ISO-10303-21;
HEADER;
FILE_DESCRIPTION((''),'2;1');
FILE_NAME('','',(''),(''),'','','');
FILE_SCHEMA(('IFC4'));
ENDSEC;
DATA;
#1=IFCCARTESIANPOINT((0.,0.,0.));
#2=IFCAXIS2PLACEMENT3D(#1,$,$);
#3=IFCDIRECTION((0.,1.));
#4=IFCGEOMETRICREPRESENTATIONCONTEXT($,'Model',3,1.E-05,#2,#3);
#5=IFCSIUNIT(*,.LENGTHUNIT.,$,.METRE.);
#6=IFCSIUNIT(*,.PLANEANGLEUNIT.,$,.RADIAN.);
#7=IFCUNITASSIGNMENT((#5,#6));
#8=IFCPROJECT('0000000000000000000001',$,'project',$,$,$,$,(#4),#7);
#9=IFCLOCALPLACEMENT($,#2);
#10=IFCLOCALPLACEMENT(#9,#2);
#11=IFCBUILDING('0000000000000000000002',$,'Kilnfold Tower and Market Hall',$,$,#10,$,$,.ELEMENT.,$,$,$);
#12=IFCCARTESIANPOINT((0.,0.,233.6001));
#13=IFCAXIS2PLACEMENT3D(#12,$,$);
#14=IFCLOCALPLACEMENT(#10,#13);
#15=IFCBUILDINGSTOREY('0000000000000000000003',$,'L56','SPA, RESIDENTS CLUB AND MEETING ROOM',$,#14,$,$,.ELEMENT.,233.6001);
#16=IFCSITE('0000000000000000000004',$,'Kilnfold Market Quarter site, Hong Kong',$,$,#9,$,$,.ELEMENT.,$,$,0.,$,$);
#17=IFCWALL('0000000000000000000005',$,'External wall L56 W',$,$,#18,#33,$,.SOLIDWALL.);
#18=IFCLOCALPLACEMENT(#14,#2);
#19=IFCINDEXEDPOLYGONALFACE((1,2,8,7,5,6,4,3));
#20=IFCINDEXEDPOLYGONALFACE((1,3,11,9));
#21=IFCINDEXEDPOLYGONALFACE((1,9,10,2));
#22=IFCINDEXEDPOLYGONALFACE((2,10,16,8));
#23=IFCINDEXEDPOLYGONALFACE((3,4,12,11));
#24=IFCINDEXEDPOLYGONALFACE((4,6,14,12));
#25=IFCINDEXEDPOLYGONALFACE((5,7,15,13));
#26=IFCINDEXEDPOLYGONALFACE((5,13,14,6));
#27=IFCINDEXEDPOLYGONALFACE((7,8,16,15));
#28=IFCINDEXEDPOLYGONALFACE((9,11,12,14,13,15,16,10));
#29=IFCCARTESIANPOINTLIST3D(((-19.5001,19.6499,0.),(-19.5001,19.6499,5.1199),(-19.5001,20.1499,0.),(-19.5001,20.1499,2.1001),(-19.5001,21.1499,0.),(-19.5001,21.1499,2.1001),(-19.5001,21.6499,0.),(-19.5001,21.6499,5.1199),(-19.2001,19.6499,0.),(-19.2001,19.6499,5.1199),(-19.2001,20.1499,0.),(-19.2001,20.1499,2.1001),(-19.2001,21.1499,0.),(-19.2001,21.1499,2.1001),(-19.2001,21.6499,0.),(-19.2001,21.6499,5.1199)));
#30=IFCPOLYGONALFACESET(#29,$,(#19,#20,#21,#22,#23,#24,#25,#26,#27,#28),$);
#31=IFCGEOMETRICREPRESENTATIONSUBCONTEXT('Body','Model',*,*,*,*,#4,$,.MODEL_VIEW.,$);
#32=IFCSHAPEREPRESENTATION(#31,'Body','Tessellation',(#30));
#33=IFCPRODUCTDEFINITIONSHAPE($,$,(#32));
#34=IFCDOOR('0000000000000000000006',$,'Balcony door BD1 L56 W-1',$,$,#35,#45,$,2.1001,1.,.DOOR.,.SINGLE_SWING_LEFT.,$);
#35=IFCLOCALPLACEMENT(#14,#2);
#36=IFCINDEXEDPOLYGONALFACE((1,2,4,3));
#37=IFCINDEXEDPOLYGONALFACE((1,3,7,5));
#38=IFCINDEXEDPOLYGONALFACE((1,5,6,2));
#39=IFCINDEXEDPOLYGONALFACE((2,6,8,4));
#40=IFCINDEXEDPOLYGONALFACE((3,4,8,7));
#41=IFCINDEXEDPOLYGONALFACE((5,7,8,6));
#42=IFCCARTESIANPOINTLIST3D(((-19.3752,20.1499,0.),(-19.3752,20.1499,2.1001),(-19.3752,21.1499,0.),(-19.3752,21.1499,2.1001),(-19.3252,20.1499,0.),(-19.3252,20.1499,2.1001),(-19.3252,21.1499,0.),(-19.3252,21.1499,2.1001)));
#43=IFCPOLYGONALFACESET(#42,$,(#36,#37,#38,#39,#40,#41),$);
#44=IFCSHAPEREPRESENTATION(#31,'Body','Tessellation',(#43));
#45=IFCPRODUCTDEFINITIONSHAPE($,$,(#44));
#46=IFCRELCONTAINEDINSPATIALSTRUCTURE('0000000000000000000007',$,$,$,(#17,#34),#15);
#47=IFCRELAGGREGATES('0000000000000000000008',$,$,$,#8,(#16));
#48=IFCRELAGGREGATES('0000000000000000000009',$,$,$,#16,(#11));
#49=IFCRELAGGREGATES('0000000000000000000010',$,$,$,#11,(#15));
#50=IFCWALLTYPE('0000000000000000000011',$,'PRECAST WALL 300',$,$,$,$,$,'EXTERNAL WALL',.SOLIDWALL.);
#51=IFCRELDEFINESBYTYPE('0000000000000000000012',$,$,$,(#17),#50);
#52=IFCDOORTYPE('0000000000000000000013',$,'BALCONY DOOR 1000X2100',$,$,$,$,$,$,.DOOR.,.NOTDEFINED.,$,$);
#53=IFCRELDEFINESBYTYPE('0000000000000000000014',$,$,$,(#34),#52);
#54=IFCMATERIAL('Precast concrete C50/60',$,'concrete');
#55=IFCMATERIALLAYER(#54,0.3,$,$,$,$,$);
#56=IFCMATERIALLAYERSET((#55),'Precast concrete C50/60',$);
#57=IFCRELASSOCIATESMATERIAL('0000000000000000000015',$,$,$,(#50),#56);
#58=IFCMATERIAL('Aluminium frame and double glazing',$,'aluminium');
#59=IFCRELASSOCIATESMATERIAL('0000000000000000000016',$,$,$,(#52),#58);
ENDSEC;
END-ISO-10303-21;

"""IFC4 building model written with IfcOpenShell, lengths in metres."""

from ifc_helpers import new_model, si_unit, direction, frame, frame_2d, origin, place, context, subcontext, project, spatial, rectangle, extrude, source, transform, mapped, material, layer, layer_set, type_object, element, fill, save


model = new_model("IFC4")

# Units and contexts
model_context = context("Model", 3, precision=1e-05, world=origin(), true_north=direction((0.0, 1.0)))
body_context = subcontext(model_context, "Body", "Model", "MODEL_VIEW")
ifc_project = project(units=[si_unit("LENGTHUNIT", "METRE"), si_unit("PLANEANGLEUNIT", "RADIAN")], contexts=[model_context])

# Site, building, storey
site_placement = place(None, origin())
site = spatial("IfcSite", under=ifc_project, at=site_placement, Name="Kilnfold Market Quarter site, Hong Kong", CompositionType="ELEMENT", RefElevation=0.0)
building_placement = place(site_placement, origin())
building = spatial("IfcBuilding", under=site, at=building_placement, Name="Kilnfold Tower and Market Hall", CompositionType="ELEMENT")
storey_placement = place(building_placement, frame((0.0, 0.0, 233.6001)))
storey = spatial("IfcBuildingStorey", under=building, at=storey_placement, Name="L56", Description="SPA, RESIDENTS CLUB AND MEETING ROOM", CompositionType="ELEMENT", Elevation=233.6001)

# Wall, opening, door
ifc_material_1 = material(Name="Precast concrete C50/60", Category="concrete")
ifc_layer_1 = layer(ifc_material_1, 0.3)
ifc_layer_set_1 = layer_set([ifc_layer_1], Name="Precast concrete C50/60")
wall_type_1 = type_object("IfcWallType", Name="PRECAST WALL 300", ElementType="EXTERNAL WALL", PredefinedType="SOLIDWALL", material=ifc_layer_set_1)
shared_shape_1 = source(origin(), body_context, "Body", "SweptSolid", [
    extrude(rectangle(XDim=2.0, YDim=0.3, at=frame_2d((1.0, 0.0))), origin(), (0.0, 0.0, 1.0), 5.1199),
])
wall_1_placement = place(storey_placement, frame((-19.3501, 21.6499, 0.0), z_axis=(0.0, 0.0, 1.0), x_axis=(0.0, -1.0, 0.0)))
wall_1 = element("IfcWall", 1, at=wall_1_placement, inside=storey, type_object=wall_type_1, Name="External wall L56 W", PredefinedType="SOLIDWALL", context=body_context, shape_type="MappedRepresentation", body=[
    mapped(shared_shape_1, transform((0.0, 0.0, 0.0))),
])
opening_1_placement = place(wall_1_placement, frame((0.5, 0.0, 0.0)))
opening_1 = element("IfcOpeningElement", 2, at=opening_1_placement, cuts=wall_1, PredefinedType="OPENING", context=body_context, shape_type="SweptSolid", body=[
    extrude(rectangle(XDim=1.0, YDim=2.1001, at=frame_2d((0.5, 1.05))), frame((0.0, 0.1602, 0.0), z_axis=(0.0, -1.0, 0.0), x_axis=(1.0, 0.0, 0.0)), (0.0, 0.0, 1.0), 0.3201),
])
ifc_material_2 = material(Name="Aluminium frame and double glazing", Category="aluminium")
door_type_1 = type_object("IfcDoorType", Name="BALCONY DOOR 1000X2100", OperationType="NOTDEFINED", PredefinedType="DOOR", material=ifc_material_2)
door_1_placement = place(opening_1_placement, origin())
door_1 = element("IfcDoor", 3, at=door_1_placement, inside=storey, type_object=door_type_1, Name="Balcony door BD1 L56 W-1", OperationType="SINGLE_SWING_LEFT", OverallHeight=2.1001, OverallWidth=1.0, PredefinedType="DOOR", context=body_context, shape_type="SweptSolid", body=[
    extrude(rectangle(XDim=1.0, YDim=2.1001, at=frame_2d((0.5, 1.05))), frame((0.0, 0.0249, 0.0), z_axis=(0.0, -1.0, 0.0), x_axis=(1.0, 0.0, 0.0)), (0.0, 0.0, 1.0), 0.05),
])
fill(opening_1, door_1)

save(model, "model.ifc")
